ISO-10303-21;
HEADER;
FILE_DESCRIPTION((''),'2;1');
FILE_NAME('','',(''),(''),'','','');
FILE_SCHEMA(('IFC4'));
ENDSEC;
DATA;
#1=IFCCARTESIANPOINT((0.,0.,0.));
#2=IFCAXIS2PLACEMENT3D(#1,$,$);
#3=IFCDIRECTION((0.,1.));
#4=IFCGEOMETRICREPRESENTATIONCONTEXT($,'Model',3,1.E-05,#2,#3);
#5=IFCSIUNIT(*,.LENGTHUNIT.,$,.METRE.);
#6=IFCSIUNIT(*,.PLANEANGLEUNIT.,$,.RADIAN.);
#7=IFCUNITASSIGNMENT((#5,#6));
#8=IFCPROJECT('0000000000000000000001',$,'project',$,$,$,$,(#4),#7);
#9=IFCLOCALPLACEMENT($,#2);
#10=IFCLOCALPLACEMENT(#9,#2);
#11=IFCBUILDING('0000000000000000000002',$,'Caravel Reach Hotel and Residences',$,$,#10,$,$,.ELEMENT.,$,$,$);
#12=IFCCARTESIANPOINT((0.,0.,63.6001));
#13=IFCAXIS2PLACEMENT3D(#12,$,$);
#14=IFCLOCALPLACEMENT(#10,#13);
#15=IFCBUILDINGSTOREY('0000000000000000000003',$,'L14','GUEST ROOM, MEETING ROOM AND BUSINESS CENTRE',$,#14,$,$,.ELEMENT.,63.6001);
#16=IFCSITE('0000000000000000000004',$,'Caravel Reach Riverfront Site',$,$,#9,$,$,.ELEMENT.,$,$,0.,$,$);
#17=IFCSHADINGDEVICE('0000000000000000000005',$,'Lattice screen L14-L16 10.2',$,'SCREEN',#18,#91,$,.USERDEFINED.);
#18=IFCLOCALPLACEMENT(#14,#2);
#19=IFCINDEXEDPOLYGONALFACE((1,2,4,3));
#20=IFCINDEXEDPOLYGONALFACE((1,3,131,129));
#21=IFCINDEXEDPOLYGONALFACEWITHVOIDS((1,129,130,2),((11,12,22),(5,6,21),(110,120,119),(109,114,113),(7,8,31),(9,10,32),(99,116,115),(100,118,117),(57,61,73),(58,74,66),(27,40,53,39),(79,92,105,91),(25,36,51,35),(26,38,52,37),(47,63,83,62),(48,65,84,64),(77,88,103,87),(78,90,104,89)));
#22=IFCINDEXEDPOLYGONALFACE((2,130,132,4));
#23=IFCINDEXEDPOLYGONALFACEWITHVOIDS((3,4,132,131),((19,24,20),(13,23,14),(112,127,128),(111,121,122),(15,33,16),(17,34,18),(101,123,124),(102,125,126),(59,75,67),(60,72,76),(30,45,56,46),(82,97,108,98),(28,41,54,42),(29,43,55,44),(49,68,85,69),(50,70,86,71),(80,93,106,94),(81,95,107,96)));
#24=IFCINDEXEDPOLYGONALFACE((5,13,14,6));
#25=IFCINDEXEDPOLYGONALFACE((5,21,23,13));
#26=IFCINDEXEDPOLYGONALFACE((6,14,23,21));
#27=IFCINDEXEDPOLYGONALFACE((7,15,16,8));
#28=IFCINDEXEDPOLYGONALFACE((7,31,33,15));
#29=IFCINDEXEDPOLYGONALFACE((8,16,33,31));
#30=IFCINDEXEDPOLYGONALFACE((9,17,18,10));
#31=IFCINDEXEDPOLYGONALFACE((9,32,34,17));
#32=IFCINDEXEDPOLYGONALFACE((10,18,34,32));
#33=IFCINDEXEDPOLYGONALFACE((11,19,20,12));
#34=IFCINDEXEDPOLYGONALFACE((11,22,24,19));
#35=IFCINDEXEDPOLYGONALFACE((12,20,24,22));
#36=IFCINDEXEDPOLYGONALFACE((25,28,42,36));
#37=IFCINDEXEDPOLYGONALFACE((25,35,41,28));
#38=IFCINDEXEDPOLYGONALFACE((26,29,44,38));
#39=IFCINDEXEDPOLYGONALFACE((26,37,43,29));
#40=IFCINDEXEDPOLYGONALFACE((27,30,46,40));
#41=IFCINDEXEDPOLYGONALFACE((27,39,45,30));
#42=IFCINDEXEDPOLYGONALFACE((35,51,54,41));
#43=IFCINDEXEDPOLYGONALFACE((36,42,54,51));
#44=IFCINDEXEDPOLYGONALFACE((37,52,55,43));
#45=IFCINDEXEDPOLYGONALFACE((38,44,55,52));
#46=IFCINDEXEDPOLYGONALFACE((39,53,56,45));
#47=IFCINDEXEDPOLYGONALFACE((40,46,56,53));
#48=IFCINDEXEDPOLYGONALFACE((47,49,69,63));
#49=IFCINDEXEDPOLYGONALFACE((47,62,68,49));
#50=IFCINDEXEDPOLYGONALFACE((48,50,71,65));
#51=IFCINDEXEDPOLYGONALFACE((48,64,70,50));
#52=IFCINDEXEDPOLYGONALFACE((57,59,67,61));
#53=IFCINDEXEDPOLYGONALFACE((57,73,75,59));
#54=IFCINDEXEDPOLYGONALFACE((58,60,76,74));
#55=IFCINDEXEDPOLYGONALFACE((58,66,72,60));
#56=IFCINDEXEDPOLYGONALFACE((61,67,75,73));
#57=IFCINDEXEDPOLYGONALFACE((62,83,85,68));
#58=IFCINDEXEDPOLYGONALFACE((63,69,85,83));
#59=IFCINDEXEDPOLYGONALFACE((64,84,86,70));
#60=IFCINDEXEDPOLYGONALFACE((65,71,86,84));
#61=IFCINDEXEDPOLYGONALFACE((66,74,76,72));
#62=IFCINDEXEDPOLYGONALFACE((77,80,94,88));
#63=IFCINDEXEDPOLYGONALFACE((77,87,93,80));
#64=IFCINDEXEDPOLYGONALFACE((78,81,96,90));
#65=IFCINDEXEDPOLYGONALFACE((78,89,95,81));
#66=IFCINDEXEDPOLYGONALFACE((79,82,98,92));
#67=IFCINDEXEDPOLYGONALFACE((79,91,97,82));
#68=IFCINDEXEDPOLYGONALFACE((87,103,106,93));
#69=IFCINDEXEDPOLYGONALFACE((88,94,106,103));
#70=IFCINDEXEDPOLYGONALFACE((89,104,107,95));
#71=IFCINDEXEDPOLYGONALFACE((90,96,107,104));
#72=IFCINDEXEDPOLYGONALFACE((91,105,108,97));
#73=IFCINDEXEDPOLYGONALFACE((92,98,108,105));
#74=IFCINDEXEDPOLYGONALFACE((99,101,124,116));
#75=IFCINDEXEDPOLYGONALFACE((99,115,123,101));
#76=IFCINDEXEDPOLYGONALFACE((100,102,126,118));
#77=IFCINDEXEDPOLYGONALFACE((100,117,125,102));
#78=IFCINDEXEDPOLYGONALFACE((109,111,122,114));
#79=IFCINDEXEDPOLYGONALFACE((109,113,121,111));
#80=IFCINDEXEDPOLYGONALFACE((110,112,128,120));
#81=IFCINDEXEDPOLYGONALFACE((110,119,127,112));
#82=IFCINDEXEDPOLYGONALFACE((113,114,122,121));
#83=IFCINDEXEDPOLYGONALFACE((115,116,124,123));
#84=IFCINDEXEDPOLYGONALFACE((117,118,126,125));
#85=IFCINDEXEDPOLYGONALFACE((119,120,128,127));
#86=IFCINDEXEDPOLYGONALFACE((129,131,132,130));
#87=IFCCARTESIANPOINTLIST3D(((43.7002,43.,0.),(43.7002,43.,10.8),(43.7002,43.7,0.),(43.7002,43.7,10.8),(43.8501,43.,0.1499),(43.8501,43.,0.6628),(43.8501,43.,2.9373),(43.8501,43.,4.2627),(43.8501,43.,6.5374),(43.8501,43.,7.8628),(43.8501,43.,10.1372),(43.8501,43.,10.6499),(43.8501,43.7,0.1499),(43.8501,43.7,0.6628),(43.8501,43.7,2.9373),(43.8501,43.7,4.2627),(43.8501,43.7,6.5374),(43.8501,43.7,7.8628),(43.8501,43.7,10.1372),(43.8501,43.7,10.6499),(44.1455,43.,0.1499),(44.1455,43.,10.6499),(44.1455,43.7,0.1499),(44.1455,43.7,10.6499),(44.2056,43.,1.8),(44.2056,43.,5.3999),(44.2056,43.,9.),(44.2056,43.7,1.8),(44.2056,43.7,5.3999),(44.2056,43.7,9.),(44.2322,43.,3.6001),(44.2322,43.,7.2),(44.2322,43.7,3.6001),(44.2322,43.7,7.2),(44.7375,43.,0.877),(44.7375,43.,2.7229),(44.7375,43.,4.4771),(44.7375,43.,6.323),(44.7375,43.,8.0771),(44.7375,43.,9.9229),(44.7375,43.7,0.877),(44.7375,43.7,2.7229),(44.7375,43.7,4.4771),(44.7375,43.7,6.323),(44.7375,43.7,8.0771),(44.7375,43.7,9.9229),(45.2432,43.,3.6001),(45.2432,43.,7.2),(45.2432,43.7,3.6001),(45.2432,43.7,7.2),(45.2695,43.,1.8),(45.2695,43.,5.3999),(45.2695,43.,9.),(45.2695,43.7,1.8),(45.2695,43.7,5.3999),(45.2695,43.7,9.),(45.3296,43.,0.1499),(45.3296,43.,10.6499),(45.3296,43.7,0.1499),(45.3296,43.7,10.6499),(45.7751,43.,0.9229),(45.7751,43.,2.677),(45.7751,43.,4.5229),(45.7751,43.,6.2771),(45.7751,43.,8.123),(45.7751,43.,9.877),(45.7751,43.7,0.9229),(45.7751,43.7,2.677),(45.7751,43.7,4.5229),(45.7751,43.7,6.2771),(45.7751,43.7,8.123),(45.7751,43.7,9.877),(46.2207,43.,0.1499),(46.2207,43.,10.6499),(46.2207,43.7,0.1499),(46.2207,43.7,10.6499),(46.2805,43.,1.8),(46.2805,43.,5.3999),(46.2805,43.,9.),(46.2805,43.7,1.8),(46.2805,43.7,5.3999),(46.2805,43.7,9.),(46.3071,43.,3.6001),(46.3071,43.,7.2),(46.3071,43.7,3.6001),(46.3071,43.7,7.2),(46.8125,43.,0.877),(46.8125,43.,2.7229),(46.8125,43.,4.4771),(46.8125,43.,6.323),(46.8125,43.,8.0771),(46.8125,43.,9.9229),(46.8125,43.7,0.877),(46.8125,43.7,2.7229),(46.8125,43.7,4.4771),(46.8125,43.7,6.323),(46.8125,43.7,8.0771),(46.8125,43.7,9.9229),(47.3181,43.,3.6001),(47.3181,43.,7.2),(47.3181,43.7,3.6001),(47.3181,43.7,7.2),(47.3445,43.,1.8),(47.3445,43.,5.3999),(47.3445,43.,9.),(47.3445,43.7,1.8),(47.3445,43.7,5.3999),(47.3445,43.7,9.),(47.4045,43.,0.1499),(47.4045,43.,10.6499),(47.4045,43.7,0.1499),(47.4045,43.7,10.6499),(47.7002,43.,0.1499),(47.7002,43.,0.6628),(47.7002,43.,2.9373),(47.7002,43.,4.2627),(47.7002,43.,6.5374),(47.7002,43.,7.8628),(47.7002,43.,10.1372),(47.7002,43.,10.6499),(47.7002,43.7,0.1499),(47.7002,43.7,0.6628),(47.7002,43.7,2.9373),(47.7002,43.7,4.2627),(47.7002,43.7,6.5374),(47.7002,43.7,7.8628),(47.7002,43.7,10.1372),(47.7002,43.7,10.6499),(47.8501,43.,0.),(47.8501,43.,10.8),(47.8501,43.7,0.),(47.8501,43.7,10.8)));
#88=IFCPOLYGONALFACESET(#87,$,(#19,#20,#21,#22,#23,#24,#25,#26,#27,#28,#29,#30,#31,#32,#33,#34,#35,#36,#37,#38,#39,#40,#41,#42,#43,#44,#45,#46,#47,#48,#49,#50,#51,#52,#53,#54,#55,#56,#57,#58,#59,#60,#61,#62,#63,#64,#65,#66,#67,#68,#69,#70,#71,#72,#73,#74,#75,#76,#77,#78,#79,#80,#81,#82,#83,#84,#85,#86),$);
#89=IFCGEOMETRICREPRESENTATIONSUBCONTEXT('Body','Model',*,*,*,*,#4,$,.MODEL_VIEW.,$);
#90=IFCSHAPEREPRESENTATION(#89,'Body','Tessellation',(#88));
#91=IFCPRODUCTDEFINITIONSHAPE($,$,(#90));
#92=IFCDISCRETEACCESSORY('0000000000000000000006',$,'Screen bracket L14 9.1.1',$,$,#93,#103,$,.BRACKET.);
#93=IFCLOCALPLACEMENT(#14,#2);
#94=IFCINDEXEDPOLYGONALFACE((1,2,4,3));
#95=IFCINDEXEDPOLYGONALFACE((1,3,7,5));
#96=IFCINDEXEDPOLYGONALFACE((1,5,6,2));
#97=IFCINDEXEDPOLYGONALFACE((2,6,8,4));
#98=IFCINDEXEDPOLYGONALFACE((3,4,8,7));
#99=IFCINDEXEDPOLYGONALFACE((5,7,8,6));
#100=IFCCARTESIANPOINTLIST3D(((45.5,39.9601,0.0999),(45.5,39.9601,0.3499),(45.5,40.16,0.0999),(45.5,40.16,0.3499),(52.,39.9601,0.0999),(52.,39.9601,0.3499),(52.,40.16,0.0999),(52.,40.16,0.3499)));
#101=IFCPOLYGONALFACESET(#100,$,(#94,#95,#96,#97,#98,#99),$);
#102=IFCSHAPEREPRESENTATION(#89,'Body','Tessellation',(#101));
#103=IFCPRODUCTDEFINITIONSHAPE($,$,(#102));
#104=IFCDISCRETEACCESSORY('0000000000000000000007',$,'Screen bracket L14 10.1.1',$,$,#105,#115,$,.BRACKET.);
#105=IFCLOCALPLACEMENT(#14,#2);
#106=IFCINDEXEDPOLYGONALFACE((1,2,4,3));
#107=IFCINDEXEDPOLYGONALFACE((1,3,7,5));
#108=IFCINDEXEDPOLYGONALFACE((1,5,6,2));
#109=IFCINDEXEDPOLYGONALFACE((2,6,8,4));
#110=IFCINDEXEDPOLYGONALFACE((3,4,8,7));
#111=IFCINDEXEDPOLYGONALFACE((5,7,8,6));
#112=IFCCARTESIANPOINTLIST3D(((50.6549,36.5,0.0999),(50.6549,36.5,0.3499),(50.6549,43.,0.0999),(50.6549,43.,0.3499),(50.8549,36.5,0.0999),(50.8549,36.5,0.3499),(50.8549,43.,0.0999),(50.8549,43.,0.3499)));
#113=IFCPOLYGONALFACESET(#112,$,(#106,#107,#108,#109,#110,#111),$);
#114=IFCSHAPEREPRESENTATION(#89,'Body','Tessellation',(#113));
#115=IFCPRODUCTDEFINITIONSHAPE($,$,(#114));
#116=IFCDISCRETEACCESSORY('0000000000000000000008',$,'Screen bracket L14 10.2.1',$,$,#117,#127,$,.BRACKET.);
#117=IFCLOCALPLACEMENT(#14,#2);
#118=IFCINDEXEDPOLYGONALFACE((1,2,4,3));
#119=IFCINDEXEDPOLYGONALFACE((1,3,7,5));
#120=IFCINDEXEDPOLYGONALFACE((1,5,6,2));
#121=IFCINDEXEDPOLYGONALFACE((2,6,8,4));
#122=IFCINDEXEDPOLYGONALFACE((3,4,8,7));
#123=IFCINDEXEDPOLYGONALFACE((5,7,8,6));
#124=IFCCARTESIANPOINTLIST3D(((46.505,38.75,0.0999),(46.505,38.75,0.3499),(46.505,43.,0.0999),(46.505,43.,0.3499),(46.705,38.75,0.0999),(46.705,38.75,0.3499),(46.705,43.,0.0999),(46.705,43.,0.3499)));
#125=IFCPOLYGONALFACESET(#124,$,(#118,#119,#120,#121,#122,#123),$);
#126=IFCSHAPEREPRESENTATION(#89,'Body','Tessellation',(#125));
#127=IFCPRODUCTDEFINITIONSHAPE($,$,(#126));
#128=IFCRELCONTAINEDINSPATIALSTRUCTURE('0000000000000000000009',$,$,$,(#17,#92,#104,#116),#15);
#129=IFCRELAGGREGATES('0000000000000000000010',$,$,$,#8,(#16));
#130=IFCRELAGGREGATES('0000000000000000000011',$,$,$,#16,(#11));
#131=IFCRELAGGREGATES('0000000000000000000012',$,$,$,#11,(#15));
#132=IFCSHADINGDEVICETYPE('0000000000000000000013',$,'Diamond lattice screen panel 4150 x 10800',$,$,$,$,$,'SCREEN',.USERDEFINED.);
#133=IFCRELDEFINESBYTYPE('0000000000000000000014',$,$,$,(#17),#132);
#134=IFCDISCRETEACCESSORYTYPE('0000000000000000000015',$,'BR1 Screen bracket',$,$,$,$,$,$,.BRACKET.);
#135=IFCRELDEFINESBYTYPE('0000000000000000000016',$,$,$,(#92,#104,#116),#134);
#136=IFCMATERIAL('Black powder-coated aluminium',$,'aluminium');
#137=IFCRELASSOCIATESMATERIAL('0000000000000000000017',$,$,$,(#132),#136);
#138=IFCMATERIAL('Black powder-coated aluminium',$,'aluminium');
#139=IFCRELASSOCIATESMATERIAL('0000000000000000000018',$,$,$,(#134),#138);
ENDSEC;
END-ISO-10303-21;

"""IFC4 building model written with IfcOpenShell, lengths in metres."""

from ifc_helpers import new_model, si_unit, direction, frame, origin, origin_2d, place, context, subcontext, project, spatial, polyline, rectangle, outline, extrude, material, type_object, element, save


model = new_model("IFC4")

# Units and contexts
model_context = context("Model", 3, precision=1e-05, world=origin(), true_north=direction((0.0, 1.0)))
body_context = subcontext(model_context, "Body", "Model", "MODEL_VIEW")
ifc_project = project(units=[si_unit("LENGTHUNIT", "METRE"), si_unit("PLANEANGLEUNIT", "RADIAN")], contexts=[model_context])

# Site, building, storey
site_placement = place(None, origin())
site = spatial("IfcSite", under=ifc_project, at=site_placement, Name="Caravel Reach Riverfront Site", CompositionType="ELEMENT", RefElevation=0.0)
building_placement = place(site_placement, origin())
building = spatial("IfcBuilding", under=site, at=building_placement, Name="Caravel Reach Hotel and Residences", CompositionType="ELEMENT")
storey_placement = place(building_placement, frame((0.0, 0.0, 63.6001)))
storey = spatial("IfcBuildingStorey", under=building, at=storey_placement, Name="L14", Description="GUEST ROOM, MEETING ROOM AND BUSINESS CENTRE", CompositionType="ELEMENT", Elevation=63.6001)

# Shading device
ifc_material_1 = material(Name="Black powder-coated aluminium", Category="aluminium")
shading_device_type_1 = type_object("IfcShadingDeviceType", Name="Diamond lattice screen panel 4150 x 10800", ElementType="SCREEN", PredefinedType="USERDEFINED", material=ifc_material_1)
shading_device_1_placement = place(storey_placement, frame((47.8501, 43.0, 0.0), z_axis=(0.0, 1.0, 0.0), x_axis=(-1.0, 0.0, 0.0)))
element("IfcShadingDevice", 1, at=shading_device_1_placement, inside=storey, type_object=shading_device_type_1, Name="Lattice screen L14-L16 10.2", ObjectType="SCREEN", PredefinedType="USERDEFINED", context=body_context, shape_type="SweptSolid", body=[
    extrude(outline(polyline([(0.0, 0.0), (4.1499, 0.0), (4.1499, 10.8), (0.0, 10.8), (0.0, 0.0)]), holes=[polyline([(0.4456, 0.1499), (0.1499, 0.6628), (0.1499, 0.1499), (0.4456, 0.1499)]), polyline([(0.532, 3.6001), (0.1499, 4.2627), (0.1499, 2.9373), (0.532, 3.6001)]), polyline([(0.532, 7.2), (0.1499, 7.8628), (0.1499, 6.5374), (0.532, 7.2)]), polyline([(0.1499, 10.1372), (0.4456, 10.6499), (0.1499, 10.6499), (0.1499, 10.1372)]), polyline([(1.0376, 2.7229), (0.5056, 1.8), (1.0376, 0.877), (1.5696, 1.8), (1.0376, 2.7229)]), polyline([(1.0376, 6.323), (0.5056, 5.3999), (1.0376, 4.4771), (1.5696, 5.3999), (1.0376, 6.323)]), polyline([(1.0376, 9.9229), (0.5056, 9.0), (1.0376, 8.0771), (1.5696, 9.0), (1.0376, 9.9229)]), polyline([(2.075, 0.9229), (1.6294, 0.1499), (2.5205, 0.1499), (2.075, 0.9229)]), polyline([(2.075, 4.5229), (1.543, 3.6001), (2.075, 2.677), (2.6069, 3.6001), (2.075, 4.5229)]), polyline([(2.075, 8.123), (1.543, 7.2), (2.075, 6.2771), (2.6069, 7.2), (2.075, 8.123)]), polyline([(2.075, 9.877), (2.5205, 10.6499), (1.6294, 10.6499), (2.075, 9.877)]), polyline([(3.1125, 2.7229), (2.5806, 1.8), (3.1125, 0.877), (3.6445, 1.8), (3.1125, 2.7229)]), polyline([(3.1125, 6.323), (2.5806, 5.3999), (3.1125, 4.4771), (3.6445, 5.3999), (3.1125, 6.323)]), polyline([(3.1125, 9.9229), (2.5806, 9.0), (3.1125, 8.0771), (3.6445, 9.0), (3.1125, 9.9229)]), polyline([(4.0, 0.6628), (3.7046, 0.1499), (4.0, 0.1499), (4.0, 0.6628)]), polyline([(3.6179, 3.6001), (4.0, 2.9373), (4.0, 4.2627), (3.6179, 3.6001)]), polyline([(3.6179, 7.2), (4.0, 6.5374), (4.0, 7.8628), (3.6179, 7.2)]), polyline([(3.7046, 10.6499), (4.0, 10.1372), (4.0, 10.6499), (3.7046, 10.6499)])]), origin(), (0.0, 0.0, 1.0), 0.7),
])

# Discrete accessories
ifc_material_2 = material(Name="Black powder-coated aluminium", Category="aluminium")
discrete_accessory_type = type_object("IfcDiscreteAccessoryType", Name="BR1 Screen bracket", PredefinedType="BRACKET", material=ifc_material_2)
for number, where, z_axis, x_axis, name in (
    (2, (48.75, 40.0601, 0.0999), (0.0, 0.0, 1.0), (1.0, 0.0, 0.0), "Screen bracket L14 9.1.1"),
    (3, (50.7549, 39.75, 0.0999), (0.0, 0.0, 1.0), (0.0, 1.0, 0.0), "Screen bracket L14 10.1.1"),
):
    element("IfcDiscreteAccessory", number, at=place(storey_placement, frame(where, z_axis=z_axis, x_axis=x_axis)), inside=storey, type_object=discrete_accessory_type, Name=name, PredefinedType="BRACKET", context=body_context, shape_type="SweptSolid", body=[
        extrude(rectangle(XDim=6.5, YDim=0.2, at=origin_2d()), origin(), (0.0, 0.0, 1.0), 0.25),
    ])
discrete_accessory_placement = place(storey_placement, frame((46.605, 40.875, 0.0999), z_axis=(0.0, 0.0, 1.0), x_axis=(0.0, 1.0, 0.0)))
element("IfcDiscreteAccessory", 4, at=discrete_accessory_placement, inside=storey, type_object=discrete_accessory_type, Name="Screen bracket L14 10.2.1", PredefinedType="BRACKET", context=body_context, shape_type="SweptSolid", body=[
    extrude(rectangle(XDim=4.25, YDim=0.2, at=origin_2d()), origin(), (0.0, 0.0, 1.0), 0.25),
])

save(model, "model.ifc")
